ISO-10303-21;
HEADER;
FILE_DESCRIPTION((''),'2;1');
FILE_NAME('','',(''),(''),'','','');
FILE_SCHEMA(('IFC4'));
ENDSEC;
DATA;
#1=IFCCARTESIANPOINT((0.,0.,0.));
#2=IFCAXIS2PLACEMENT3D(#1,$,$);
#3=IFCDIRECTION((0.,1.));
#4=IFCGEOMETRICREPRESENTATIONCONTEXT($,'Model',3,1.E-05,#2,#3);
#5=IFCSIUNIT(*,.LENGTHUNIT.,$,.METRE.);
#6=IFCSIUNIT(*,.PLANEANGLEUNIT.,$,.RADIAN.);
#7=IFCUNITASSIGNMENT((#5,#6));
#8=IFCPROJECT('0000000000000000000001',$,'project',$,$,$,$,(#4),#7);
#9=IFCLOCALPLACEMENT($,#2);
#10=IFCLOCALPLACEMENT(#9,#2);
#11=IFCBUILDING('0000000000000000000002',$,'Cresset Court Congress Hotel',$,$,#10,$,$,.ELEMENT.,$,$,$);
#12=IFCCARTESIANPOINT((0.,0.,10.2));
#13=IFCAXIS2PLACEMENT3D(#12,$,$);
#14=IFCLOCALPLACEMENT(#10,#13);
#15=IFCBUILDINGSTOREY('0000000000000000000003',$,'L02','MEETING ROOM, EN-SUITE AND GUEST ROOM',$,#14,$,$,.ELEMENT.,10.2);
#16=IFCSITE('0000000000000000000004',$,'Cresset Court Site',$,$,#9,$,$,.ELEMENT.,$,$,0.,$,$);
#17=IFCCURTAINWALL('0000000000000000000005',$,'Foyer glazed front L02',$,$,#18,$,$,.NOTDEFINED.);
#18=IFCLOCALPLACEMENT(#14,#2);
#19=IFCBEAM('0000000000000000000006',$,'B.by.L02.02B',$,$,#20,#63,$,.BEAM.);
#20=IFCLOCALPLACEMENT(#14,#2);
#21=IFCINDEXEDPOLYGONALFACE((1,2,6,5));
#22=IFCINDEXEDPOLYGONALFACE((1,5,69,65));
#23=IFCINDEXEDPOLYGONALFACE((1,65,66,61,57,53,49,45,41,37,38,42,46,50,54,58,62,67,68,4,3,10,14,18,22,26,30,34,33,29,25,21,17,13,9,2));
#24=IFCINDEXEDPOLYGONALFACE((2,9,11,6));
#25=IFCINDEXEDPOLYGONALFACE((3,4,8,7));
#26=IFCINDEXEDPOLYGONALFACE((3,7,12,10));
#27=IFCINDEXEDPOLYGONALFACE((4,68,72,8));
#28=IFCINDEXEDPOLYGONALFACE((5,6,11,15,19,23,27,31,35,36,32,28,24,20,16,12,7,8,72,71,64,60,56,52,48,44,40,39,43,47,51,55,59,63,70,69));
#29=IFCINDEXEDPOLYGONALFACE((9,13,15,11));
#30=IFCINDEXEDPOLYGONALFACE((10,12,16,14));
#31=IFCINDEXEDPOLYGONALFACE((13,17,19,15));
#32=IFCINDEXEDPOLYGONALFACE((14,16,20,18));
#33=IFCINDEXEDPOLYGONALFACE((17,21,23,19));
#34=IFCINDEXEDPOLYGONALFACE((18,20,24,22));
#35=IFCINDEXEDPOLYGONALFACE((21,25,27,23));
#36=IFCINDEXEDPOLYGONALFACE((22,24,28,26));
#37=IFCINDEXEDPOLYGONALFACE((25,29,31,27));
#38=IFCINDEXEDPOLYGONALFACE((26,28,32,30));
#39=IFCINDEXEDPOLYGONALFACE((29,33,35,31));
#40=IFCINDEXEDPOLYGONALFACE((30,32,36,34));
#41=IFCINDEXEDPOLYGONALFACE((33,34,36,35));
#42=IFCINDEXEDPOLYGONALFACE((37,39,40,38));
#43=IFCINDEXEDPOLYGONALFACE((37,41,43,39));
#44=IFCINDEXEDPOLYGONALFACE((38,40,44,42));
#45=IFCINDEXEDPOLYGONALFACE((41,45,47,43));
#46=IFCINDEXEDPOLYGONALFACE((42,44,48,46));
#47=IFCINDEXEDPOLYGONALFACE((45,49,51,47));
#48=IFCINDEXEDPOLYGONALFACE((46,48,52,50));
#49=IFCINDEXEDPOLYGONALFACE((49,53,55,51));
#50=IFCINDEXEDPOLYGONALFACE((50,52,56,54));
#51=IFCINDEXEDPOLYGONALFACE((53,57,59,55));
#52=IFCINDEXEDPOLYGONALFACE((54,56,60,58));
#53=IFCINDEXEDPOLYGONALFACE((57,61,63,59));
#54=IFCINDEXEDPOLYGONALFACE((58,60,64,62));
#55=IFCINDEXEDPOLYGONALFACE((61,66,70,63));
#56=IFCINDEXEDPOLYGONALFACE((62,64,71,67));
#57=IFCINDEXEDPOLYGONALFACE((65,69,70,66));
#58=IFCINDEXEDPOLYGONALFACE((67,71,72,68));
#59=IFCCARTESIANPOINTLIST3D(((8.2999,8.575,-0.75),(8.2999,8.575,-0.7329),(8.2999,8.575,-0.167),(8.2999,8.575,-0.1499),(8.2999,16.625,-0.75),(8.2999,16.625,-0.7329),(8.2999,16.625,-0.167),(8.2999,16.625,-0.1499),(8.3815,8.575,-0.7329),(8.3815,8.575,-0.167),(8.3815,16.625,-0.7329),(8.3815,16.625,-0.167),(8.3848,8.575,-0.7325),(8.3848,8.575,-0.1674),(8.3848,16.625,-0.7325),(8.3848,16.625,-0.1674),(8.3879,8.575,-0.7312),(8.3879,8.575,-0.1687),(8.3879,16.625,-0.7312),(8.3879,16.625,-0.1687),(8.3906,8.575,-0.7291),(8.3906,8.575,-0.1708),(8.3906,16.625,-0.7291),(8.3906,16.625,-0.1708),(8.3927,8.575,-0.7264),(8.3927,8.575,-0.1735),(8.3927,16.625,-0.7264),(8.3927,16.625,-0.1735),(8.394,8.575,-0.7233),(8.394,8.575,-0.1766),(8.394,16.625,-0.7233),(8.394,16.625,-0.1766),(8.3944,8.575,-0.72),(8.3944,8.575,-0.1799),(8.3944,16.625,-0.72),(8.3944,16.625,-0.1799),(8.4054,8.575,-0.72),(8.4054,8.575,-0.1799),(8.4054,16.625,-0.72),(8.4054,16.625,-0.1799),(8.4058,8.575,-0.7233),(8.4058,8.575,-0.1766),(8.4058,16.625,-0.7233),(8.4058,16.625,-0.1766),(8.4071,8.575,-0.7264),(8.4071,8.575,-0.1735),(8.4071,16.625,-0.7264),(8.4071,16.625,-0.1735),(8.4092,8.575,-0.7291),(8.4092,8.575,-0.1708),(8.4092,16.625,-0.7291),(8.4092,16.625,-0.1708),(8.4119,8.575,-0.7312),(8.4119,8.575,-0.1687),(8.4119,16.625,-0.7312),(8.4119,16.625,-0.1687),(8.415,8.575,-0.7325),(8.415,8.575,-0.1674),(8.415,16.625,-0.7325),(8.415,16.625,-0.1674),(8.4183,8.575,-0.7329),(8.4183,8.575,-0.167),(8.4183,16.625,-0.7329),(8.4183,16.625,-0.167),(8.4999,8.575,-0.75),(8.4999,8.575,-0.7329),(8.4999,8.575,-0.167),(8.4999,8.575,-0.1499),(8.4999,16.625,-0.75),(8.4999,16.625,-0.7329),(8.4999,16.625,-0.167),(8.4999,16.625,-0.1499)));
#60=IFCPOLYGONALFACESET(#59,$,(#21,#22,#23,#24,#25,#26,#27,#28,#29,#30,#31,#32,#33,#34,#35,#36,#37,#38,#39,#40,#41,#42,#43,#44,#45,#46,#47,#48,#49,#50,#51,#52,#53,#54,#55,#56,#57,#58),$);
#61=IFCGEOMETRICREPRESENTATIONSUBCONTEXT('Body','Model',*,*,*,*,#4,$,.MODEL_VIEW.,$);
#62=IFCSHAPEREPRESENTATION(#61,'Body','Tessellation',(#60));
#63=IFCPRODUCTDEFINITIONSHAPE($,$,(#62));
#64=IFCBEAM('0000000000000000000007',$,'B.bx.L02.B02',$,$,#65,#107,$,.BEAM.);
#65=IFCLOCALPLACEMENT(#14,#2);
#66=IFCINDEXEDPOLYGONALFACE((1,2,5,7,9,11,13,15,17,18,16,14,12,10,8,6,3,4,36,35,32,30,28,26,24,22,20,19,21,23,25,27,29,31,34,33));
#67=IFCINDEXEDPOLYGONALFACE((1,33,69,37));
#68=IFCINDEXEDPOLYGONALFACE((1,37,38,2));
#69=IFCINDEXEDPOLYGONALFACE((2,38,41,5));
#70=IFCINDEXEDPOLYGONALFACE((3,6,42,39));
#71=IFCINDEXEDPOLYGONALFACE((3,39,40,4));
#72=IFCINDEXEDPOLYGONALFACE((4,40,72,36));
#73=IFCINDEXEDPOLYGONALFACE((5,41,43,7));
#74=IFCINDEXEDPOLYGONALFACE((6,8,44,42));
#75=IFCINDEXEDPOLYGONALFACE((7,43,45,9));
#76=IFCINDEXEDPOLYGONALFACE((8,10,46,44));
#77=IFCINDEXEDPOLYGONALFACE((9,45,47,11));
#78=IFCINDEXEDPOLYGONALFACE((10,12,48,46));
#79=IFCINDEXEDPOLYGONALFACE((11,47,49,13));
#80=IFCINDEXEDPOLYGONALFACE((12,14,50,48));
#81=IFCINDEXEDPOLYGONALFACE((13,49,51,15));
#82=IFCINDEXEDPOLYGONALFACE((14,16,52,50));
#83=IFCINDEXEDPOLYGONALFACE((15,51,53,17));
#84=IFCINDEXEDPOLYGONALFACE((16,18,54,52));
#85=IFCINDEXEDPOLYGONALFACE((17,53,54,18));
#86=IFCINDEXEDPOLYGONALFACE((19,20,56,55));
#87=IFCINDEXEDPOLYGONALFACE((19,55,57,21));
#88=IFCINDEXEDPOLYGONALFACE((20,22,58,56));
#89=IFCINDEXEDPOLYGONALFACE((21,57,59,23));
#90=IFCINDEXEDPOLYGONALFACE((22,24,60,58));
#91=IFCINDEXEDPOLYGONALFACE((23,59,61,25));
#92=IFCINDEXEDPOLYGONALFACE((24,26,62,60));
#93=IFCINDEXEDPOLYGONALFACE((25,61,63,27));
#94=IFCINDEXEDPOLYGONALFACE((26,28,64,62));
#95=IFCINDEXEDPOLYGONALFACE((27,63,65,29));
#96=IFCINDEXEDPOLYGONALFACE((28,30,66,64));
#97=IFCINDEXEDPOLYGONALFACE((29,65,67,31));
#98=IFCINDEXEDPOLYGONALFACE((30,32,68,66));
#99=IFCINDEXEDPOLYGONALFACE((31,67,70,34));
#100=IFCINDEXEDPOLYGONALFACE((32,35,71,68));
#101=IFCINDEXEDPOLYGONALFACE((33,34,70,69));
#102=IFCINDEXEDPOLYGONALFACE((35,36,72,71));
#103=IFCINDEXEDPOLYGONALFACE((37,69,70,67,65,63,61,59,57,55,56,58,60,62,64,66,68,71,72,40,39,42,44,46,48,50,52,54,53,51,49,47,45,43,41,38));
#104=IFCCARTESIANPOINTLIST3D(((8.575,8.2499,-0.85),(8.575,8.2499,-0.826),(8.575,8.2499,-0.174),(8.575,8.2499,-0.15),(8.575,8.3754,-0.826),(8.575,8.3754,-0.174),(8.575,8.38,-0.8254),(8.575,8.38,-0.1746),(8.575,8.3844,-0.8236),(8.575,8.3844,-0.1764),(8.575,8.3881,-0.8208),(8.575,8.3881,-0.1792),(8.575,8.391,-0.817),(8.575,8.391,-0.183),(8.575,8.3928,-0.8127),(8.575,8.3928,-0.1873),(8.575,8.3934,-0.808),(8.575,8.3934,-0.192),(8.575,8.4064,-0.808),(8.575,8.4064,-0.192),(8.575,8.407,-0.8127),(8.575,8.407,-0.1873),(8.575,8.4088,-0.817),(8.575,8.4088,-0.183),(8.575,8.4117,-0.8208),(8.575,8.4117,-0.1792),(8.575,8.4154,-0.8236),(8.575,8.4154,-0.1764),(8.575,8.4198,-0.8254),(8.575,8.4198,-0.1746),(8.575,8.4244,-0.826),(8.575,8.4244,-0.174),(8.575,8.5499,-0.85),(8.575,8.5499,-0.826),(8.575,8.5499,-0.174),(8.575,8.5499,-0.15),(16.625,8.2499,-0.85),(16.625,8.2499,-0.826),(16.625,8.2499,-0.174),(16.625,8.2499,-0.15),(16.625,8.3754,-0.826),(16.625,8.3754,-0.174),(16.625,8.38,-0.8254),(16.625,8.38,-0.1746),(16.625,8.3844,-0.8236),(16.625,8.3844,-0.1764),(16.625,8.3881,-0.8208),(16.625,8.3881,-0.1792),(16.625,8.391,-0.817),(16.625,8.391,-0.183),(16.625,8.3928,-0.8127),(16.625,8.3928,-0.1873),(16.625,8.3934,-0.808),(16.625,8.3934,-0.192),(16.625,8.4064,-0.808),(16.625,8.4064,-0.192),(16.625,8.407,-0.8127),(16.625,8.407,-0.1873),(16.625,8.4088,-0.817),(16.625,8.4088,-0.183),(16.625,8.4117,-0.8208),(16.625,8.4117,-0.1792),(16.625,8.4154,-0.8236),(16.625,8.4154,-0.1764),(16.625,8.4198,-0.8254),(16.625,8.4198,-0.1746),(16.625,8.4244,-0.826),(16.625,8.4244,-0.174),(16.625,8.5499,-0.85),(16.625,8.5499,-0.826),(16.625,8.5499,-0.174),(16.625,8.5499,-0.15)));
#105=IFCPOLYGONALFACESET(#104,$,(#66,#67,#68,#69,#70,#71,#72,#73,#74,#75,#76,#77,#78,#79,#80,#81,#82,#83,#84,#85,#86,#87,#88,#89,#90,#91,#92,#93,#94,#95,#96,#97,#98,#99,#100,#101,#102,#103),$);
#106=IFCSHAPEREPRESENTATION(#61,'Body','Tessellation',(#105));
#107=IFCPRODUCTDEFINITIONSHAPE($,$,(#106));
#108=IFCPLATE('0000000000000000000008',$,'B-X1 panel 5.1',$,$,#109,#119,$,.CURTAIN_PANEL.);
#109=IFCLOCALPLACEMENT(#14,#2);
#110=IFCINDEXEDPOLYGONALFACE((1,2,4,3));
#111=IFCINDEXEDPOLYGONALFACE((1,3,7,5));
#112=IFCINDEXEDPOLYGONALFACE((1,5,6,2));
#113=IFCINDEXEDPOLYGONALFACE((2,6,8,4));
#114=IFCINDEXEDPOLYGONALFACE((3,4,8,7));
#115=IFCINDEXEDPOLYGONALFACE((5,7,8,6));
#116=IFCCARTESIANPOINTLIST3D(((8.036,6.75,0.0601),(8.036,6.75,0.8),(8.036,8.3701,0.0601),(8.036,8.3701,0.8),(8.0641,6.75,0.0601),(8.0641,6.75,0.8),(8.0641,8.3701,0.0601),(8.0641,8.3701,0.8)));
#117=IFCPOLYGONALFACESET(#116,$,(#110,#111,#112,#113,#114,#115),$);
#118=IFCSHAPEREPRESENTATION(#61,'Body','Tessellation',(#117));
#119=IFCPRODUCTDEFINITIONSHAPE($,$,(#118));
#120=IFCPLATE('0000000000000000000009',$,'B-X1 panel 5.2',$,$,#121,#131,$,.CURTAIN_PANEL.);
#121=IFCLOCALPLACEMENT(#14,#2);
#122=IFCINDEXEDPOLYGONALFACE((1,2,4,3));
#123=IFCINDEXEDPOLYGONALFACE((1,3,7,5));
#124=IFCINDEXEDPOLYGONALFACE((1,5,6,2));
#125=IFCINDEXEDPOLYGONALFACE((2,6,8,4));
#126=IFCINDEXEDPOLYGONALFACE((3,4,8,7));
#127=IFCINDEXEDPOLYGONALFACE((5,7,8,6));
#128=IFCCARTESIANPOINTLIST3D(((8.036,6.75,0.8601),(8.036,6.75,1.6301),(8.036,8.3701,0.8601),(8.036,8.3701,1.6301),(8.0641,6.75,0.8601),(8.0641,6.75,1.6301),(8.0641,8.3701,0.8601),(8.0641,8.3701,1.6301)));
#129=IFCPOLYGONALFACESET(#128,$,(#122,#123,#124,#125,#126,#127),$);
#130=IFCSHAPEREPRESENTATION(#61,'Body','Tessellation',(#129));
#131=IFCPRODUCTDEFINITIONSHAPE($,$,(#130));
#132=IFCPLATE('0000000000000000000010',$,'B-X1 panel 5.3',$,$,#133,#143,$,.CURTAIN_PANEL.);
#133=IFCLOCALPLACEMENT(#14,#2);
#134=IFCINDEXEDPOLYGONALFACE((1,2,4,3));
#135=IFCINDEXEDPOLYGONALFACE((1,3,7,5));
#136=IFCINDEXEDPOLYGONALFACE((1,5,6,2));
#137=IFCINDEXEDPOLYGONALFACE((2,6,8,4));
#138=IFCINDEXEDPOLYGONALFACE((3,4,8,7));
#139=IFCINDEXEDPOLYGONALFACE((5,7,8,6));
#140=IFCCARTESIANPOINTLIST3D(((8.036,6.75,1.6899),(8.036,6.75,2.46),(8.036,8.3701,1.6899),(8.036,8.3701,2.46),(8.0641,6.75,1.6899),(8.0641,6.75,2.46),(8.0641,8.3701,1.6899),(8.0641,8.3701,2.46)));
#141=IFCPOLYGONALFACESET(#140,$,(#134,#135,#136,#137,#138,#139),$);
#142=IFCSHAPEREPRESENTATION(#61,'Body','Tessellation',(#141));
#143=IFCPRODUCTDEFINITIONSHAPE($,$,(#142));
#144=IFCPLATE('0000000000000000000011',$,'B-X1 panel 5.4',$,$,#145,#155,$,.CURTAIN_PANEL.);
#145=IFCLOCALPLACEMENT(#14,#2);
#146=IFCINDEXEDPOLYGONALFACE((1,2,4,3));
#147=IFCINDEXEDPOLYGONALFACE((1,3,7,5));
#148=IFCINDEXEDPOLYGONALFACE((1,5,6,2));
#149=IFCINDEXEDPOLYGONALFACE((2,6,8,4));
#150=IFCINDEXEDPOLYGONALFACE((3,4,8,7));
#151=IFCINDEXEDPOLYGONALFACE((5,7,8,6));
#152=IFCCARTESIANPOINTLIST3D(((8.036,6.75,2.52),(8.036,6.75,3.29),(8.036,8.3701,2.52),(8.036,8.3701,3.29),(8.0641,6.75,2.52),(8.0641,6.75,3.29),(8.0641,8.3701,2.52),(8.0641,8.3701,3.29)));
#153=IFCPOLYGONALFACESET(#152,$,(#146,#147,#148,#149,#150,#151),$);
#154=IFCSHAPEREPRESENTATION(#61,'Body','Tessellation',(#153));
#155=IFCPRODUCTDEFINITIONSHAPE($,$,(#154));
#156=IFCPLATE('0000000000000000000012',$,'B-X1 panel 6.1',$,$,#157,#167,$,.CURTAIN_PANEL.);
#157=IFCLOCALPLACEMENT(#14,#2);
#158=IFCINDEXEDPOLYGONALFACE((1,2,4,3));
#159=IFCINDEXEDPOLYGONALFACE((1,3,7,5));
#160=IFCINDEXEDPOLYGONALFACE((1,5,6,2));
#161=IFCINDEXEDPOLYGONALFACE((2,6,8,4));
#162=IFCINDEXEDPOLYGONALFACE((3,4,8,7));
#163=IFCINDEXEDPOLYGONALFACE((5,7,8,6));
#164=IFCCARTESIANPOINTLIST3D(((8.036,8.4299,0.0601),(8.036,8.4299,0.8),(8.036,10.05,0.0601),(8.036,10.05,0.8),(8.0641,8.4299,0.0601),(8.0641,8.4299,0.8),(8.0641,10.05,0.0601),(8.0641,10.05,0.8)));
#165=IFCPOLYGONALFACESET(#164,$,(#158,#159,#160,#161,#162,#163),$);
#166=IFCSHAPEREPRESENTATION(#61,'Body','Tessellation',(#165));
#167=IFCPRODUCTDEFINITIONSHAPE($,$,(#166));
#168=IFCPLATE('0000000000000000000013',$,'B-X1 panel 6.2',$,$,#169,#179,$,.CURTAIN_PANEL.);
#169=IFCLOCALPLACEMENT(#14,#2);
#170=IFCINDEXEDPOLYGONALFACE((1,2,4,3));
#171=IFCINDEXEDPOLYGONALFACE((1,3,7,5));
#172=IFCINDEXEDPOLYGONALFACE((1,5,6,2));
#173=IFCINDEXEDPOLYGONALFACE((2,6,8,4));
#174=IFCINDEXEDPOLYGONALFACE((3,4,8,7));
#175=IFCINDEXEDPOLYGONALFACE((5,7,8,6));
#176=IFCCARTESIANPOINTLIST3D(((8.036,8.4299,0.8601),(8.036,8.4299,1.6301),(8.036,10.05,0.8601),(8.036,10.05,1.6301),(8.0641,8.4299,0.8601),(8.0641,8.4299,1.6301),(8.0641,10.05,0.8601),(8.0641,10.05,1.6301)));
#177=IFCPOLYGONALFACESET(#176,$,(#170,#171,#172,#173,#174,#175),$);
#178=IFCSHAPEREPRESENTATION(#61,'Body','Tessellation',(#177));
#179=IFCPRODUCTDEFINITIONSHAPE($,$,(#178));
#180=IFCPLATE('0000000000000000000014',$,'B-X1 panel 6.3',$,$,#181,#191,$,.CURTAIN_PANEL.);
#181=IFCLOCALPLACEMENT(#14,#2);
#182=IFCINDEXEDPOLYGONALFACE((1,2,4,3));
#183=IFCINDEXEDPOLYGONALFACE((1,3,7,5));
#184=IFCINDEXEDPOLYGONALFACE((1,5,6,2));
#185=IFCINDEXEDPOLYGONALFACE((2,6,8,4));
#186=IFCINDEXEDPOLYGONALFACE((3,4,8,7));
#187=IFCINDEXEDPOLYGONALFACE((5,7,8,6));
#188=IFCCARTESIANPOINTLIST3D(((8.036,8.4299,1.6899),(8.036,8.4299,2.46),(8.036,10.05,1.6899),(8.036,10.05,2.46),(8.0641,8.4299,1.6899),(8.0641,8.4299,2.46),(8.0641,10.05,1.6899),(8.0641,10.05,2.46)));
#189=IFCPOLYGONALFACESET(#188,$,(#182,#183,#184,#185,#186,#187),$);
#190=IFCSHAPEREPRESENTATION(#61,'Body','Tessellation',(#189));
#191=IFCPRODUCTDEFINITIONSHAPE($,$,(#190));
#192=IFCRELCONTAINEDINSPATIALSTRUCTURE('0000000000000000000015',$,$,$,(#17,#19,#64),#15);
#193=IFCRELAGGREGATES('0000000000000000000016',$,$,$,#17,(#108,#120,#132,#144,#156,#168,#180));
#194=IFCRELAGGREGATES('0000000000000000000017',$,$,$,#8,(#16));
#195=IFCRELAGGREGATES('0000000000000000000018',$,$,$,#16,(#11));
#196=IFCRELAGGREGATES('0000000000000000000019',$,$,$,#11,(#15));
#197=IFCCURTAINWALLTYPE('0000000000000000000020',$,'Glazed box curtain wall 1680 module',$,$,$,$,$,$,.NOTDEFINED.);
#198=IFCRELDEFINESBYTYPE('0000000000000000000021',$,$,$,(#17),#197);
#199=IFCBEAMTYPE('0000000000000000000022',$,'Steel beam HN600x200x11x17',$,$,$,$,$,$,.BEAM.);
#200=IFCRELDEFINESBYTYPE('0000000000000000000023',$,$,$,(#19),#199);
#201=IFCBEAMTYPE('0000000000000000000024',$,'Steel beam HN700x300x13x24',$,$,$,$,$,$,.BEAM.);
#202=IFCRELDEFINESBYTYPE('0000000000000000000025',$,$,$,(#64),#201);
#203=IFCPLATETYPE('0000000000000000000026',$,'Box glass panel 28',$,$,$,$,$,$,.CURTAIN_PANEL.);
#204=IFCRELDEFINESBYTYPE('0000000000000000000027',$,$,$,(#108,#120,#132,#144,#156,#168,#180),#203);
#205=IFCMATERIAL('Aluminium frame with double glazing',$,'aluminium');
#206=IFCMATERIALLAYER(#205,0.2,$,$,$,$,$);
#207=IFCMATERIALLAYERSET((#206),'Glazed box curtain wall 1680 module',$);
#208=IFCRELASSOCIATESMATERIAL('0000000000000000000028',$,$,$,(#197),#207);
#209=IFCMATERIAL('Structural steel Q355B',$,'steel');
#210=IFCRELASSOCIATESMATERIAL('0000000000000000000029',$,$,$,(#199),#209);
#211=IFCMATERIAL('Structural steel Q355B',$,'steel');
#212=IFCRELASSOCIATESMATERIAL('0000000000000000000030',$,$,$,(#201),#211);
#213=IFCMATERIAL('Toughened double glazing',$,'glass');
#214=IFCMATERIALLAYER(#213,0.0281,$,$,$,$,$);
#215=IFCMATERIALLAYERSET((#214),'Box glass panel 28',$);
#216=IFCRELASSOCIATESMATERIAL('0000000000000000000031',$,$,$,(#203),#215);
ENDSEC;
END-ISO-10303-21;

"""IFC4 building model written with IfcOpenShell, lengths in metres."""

from ifc_helpers import new_model, si_unit, direction, frame, origin, origin_2d, place, context, subcontext, project, spatial, rectangle, i_section, extrude, material, layer, layer_set, material_profile, profile_set, type_object, element, aggregate, save


model = new_model("IFC4")

# Units and contexts
model_context = context("Model", 3, precision=1e-05, world=origin(), true_north=direction((0.0, 1.0)))
body_context = subcontext(model_context, "Body", "Model", "MODEL_VIEW")
ifc_project = project(units=[si_unit("LENGTHUNIT", "METRE"), si_unit("PLANEANGLEUNIT", "RADIAN")], contexts=[model_context])

# Site, building, storey
site_placement = place(None, origin())
site = spatial("IfcSite", under=ifc_project, at=site_placement, Name="Cresset Court Site", CompositionType="ELEMENT", RefElevation=0.0)
building_placement = place(site_placement, origin())
building = spatial("IfcBuilding", under=site, at=building_placement, Name="Cresset Court Congress Hotel", CompositionType="ELEMENT")
storey_placement = place(building_placement, frame((0.0, 0.0, 10.2)))
storey = spatial("IfcBuildingStorey", under=building, at=storey_placement, Name="L02", Description="MEETING ROOM, EN-SUITE AND GUEST ROOM", CompositionType="ELEMENT", Elevation=10.2)

# Curtain wall
ifc_material_1 = material(Name="Aluminium frame with double glazing", Category="aluminium")
ifc_layer_1 = layer(ifc_material_1, 0.2)
ifc_layer_set_1 = layer_set([ifc_layer_1], Name="Glazed box curtain wall 1680 module")
curtain_wall_type = type_object("IfcCurtainWallType", Name="Glazed box curtain wall 1680 module", PredefinedType="NOTDEFINED", material=ifc_layer_set_1)
curtain_wall_placement = place(storey_placement, origin())
curtain_wall = element("IfcCurtainWall", 1, at=curtain_wall_placement, inside=storey, type_object=curtain_wall_type, Name="Foyer glazed front L02", PredefinedType="NOTDEFINED")

# Beams
ifc_material_2 = material(Name="Structural steel Q355B", Category="steel")
ifc_material_profile_1 = material_profile(ifc_material_2, i_section(OverallWidth=0.2, OverallDepth=0.6001, WebThickness=0.011, FlangeThickness=0.0171, FilletRadius=0.0129, at=origin_2d()), Name="HN600x200x11x17")
ifc_profile_set_1 = profile_set([ifc_material_profile_1], Name="Structural steel Q355B")
beam_type_1 = type_object("IfcBeamType", Name="Steel beam HN600x200x11x17", PredefinedType="BEAM", material=ifc_profile_set_1)
beam_1_placement = place(storey_placement, frame((8.3999, 8.575, -0.45), z_axis=(0.0, 1.0, 0.0), x_axis=(-1.0, 0.0, 0.0)))
element("IfcBeam", 2, at=beam_1_placement, inside=storey, type_object=beam_type_1, Name="B.by.L02.02B", PredefinedType="BEAM", context=body_context, shape_type="SweptSolid", body=[
    extrude(i_section(OverallWidth=0.2, OverallDepth=0.6001, WebThickness=0.011, FlangeThickness=0.0171, FilletRadius=0.0129, at=origin_2d()), origin(), (0.0, 0.0, 1.0), 8.05),
])
ifc_material_3 = material(Name="Structural steel Q355B", Category="steel")
ifc_material_profile_2 = material_profile(ifc_material_3, i_section(OverallWidth=0.3, OverallDepth=0.7, WebThickness=0.0129, FlangeThickness=0.0239, FilletRadius=0.0181, at=origin_2d()), Name="HN700x300x13x24")
ifc_profile_set_2 = profile_set([ifc_material_profile_2], Name="Structural steel Q355B")
beam_type_2 = type_object("IfcBeamType", Name="Steel beam HN700x300x13x24", PredefinedType="BEAM", material=ifc_profile_set_2)
beam_2_placement = place(storey_placement, frame((8.575, 8.3999, -0.5), z_axis=(1.0, 0.0, 0.0), x_axis=(0.0, 1.0, 0.0)))
element("IfcBeam", 3, at=beam_2_placement, inside=storey, type_object=beam_type_2, Name="B.bx.L02.B02", PredefinedType="BEAM", context=body_context, shape_type="SweptSolid", body=[
    extrude(i_section(OverallWidth=0.3, OverallDepth=0.7, WebThickness=0.0129, FlangeThickness=0.0239, FilletRadius=0.0181, at=origin_2d()), origin(), (0.0, 0.0, 1.0), 8.05),
])

# Plates
ifc_material_4 = material(Name="Toughened double glazing", Category="glass")
ifc_layer_2 = layer(ifc_material_4, 0.0281)
ifc_layer_set_2 = layer_set([ifc_layer_2], Name="Box glass panel 28")
plate_type_1 = type_object("IfcPlateType", Name="Box glass panel 28", PredefinedType="CURTAIN_PANEL", material=ifc_layer_set_2)
plate_1_placement = place(storey_placement, frame((8.05, 7.5601, 0.0601), z_axis=(0.0, 0.0, 1.0), x_axis=(0.0, 1.0, 0.0)))
plate_1 = element("IfcPlate", 4, at=plate_1_placement, type_object=plate_type_1, Name="B-X1 panel 5.1", PredefinedType="CURTAIN_PANEL", context=body_context, shape_type="SweptSolid", body=[
    extrude(rectangle(XDim=1.6201, YDim=0.0281, at=origin_2d()), origin(), (0.0, 0.0, 1.0), 0.74),
])
plate_2_placement = place(storey_placement, frame((8.05, 7.5601, 0.8601), z_axis=(0.0, 0.0, 1.0), x_axis=(0.0, 1.0, 0.0)))
plate_2 = element("IfcPlate", 5, at=plate_2_placement, type_object=plate_type_1, Name="B-X1 panel 5.2", PredefinedType="CURTAIN_PANEL", context=body_context, shape_type="SweptSolid", body=[
    extrude(rectangle(XDim=1.6201, YDim=0.0281, at=origin_2d()), origin(), (0.0, 0.0, 1.0), 0.77),
])
plate_3_placement = place(storey_placement, frame((8.05, 7.5601, 1.6899), z_axis=(0.0, 0.0, 1.0), x_axis=(0.0, 1.0, 0.0)))
plate_3 = element("IfcPlate", 6, at=plate_3_placement, type_object=plate_type_1, Name="B-X1 panel 5.3", PredefinedType="CURTAIN_PANEL", context=body_context, shape_type="SweptSolid", body=[
    extrude(rectangle(XDim=1.6201, YDim=0.0281, at=origin_2d()), origin(), (0.0, 0.0, 1.0), 0.77),
])
plate_4_placement = place(storey_placement, frame((8.05, 7.5601, 2.52), z_axis=(0.0, 0.0, 1.0), x_axis=(0.0, 1.0, 0.0)))
plate_4 = element("IfcPlate", 7, at=plate_4_placement, type_object=plate_type_1, Name="B-X1 panel 5.4", PredefinedType="CURTAIN_PANEL", context=body_context, shape_type="SweptSolid", body=[
    extrude(rectangle(XDim=1.6201, YDim=0.0281, at=origin_2d()), origin(), (0.0, 0.0, 1.0), 0.77),
])
plate_5_placement = place(storey_placement, frame((8.05, 9.24, 0.0601), z_axis=(0.0, 0.0, 1.0), x_axis=(0.0, 1.0, 0.0)))
plate_5 = element("IfcPlate", 8, at=plate_5_placement, type_object=plate_type_1, Name="B-X1 panel 6.1", PredefinedType="CURTAIN_PANEL", context=body_context, shape_type="SweptSolid", body=[
    extrude(rectangle(XDim=1.6201, YDim=0.0281, at=origin_2d()), origin(), (0.0, 0.0, 1.0), 0.74),
])
plate_6_placement = place(storey_placement, frame((8.05, 9.24, 0.8601), z_axis=(0.0, 0.0, 1.0), x_axis=(0.0, 1.0, 0.0)))
plate_6 = element("IfcPlate", 9, at=plate_6_placement, type_object=plate_type_1, Name="B-X1 panel 6.2", PredefinedType="CURTAIN_PANEL", context=body_context, shape_type="SweptSolid", body=[
    extrude(rectangle(XDim=1.6201, YDim=0.0281, at=origin_2d()), origin(), (0.0, 0.0, 1.0), 0.77),
])
plate_7_placement = place(storey_placement, frame((8.05, 9.24, 1.6899), z_axis=(0.0, 0.0, 1.0), x_axis=(0.0, 1.0, 0.0)))
plate_7 = element("IfcPlate", 10, at=plate_7_placement, type_object=plate_type_1, Name="B-X1 panel 6.3", PredefinedType="CURTAIN_PANEL", context=body_context, shape_type="SweptSolid", body=[
    extrude(rectangle(XDim=1.6201, YDim=0.0281, at=origin_2d()), origin(), (0.0, 0.0, 1.0), 0.77),
])
aggregate(curtain_wall, [plate_1, plate_2, plate_3, plate_4, plate_5, plate_6, plate_7])

save(model, "model.ifc")
